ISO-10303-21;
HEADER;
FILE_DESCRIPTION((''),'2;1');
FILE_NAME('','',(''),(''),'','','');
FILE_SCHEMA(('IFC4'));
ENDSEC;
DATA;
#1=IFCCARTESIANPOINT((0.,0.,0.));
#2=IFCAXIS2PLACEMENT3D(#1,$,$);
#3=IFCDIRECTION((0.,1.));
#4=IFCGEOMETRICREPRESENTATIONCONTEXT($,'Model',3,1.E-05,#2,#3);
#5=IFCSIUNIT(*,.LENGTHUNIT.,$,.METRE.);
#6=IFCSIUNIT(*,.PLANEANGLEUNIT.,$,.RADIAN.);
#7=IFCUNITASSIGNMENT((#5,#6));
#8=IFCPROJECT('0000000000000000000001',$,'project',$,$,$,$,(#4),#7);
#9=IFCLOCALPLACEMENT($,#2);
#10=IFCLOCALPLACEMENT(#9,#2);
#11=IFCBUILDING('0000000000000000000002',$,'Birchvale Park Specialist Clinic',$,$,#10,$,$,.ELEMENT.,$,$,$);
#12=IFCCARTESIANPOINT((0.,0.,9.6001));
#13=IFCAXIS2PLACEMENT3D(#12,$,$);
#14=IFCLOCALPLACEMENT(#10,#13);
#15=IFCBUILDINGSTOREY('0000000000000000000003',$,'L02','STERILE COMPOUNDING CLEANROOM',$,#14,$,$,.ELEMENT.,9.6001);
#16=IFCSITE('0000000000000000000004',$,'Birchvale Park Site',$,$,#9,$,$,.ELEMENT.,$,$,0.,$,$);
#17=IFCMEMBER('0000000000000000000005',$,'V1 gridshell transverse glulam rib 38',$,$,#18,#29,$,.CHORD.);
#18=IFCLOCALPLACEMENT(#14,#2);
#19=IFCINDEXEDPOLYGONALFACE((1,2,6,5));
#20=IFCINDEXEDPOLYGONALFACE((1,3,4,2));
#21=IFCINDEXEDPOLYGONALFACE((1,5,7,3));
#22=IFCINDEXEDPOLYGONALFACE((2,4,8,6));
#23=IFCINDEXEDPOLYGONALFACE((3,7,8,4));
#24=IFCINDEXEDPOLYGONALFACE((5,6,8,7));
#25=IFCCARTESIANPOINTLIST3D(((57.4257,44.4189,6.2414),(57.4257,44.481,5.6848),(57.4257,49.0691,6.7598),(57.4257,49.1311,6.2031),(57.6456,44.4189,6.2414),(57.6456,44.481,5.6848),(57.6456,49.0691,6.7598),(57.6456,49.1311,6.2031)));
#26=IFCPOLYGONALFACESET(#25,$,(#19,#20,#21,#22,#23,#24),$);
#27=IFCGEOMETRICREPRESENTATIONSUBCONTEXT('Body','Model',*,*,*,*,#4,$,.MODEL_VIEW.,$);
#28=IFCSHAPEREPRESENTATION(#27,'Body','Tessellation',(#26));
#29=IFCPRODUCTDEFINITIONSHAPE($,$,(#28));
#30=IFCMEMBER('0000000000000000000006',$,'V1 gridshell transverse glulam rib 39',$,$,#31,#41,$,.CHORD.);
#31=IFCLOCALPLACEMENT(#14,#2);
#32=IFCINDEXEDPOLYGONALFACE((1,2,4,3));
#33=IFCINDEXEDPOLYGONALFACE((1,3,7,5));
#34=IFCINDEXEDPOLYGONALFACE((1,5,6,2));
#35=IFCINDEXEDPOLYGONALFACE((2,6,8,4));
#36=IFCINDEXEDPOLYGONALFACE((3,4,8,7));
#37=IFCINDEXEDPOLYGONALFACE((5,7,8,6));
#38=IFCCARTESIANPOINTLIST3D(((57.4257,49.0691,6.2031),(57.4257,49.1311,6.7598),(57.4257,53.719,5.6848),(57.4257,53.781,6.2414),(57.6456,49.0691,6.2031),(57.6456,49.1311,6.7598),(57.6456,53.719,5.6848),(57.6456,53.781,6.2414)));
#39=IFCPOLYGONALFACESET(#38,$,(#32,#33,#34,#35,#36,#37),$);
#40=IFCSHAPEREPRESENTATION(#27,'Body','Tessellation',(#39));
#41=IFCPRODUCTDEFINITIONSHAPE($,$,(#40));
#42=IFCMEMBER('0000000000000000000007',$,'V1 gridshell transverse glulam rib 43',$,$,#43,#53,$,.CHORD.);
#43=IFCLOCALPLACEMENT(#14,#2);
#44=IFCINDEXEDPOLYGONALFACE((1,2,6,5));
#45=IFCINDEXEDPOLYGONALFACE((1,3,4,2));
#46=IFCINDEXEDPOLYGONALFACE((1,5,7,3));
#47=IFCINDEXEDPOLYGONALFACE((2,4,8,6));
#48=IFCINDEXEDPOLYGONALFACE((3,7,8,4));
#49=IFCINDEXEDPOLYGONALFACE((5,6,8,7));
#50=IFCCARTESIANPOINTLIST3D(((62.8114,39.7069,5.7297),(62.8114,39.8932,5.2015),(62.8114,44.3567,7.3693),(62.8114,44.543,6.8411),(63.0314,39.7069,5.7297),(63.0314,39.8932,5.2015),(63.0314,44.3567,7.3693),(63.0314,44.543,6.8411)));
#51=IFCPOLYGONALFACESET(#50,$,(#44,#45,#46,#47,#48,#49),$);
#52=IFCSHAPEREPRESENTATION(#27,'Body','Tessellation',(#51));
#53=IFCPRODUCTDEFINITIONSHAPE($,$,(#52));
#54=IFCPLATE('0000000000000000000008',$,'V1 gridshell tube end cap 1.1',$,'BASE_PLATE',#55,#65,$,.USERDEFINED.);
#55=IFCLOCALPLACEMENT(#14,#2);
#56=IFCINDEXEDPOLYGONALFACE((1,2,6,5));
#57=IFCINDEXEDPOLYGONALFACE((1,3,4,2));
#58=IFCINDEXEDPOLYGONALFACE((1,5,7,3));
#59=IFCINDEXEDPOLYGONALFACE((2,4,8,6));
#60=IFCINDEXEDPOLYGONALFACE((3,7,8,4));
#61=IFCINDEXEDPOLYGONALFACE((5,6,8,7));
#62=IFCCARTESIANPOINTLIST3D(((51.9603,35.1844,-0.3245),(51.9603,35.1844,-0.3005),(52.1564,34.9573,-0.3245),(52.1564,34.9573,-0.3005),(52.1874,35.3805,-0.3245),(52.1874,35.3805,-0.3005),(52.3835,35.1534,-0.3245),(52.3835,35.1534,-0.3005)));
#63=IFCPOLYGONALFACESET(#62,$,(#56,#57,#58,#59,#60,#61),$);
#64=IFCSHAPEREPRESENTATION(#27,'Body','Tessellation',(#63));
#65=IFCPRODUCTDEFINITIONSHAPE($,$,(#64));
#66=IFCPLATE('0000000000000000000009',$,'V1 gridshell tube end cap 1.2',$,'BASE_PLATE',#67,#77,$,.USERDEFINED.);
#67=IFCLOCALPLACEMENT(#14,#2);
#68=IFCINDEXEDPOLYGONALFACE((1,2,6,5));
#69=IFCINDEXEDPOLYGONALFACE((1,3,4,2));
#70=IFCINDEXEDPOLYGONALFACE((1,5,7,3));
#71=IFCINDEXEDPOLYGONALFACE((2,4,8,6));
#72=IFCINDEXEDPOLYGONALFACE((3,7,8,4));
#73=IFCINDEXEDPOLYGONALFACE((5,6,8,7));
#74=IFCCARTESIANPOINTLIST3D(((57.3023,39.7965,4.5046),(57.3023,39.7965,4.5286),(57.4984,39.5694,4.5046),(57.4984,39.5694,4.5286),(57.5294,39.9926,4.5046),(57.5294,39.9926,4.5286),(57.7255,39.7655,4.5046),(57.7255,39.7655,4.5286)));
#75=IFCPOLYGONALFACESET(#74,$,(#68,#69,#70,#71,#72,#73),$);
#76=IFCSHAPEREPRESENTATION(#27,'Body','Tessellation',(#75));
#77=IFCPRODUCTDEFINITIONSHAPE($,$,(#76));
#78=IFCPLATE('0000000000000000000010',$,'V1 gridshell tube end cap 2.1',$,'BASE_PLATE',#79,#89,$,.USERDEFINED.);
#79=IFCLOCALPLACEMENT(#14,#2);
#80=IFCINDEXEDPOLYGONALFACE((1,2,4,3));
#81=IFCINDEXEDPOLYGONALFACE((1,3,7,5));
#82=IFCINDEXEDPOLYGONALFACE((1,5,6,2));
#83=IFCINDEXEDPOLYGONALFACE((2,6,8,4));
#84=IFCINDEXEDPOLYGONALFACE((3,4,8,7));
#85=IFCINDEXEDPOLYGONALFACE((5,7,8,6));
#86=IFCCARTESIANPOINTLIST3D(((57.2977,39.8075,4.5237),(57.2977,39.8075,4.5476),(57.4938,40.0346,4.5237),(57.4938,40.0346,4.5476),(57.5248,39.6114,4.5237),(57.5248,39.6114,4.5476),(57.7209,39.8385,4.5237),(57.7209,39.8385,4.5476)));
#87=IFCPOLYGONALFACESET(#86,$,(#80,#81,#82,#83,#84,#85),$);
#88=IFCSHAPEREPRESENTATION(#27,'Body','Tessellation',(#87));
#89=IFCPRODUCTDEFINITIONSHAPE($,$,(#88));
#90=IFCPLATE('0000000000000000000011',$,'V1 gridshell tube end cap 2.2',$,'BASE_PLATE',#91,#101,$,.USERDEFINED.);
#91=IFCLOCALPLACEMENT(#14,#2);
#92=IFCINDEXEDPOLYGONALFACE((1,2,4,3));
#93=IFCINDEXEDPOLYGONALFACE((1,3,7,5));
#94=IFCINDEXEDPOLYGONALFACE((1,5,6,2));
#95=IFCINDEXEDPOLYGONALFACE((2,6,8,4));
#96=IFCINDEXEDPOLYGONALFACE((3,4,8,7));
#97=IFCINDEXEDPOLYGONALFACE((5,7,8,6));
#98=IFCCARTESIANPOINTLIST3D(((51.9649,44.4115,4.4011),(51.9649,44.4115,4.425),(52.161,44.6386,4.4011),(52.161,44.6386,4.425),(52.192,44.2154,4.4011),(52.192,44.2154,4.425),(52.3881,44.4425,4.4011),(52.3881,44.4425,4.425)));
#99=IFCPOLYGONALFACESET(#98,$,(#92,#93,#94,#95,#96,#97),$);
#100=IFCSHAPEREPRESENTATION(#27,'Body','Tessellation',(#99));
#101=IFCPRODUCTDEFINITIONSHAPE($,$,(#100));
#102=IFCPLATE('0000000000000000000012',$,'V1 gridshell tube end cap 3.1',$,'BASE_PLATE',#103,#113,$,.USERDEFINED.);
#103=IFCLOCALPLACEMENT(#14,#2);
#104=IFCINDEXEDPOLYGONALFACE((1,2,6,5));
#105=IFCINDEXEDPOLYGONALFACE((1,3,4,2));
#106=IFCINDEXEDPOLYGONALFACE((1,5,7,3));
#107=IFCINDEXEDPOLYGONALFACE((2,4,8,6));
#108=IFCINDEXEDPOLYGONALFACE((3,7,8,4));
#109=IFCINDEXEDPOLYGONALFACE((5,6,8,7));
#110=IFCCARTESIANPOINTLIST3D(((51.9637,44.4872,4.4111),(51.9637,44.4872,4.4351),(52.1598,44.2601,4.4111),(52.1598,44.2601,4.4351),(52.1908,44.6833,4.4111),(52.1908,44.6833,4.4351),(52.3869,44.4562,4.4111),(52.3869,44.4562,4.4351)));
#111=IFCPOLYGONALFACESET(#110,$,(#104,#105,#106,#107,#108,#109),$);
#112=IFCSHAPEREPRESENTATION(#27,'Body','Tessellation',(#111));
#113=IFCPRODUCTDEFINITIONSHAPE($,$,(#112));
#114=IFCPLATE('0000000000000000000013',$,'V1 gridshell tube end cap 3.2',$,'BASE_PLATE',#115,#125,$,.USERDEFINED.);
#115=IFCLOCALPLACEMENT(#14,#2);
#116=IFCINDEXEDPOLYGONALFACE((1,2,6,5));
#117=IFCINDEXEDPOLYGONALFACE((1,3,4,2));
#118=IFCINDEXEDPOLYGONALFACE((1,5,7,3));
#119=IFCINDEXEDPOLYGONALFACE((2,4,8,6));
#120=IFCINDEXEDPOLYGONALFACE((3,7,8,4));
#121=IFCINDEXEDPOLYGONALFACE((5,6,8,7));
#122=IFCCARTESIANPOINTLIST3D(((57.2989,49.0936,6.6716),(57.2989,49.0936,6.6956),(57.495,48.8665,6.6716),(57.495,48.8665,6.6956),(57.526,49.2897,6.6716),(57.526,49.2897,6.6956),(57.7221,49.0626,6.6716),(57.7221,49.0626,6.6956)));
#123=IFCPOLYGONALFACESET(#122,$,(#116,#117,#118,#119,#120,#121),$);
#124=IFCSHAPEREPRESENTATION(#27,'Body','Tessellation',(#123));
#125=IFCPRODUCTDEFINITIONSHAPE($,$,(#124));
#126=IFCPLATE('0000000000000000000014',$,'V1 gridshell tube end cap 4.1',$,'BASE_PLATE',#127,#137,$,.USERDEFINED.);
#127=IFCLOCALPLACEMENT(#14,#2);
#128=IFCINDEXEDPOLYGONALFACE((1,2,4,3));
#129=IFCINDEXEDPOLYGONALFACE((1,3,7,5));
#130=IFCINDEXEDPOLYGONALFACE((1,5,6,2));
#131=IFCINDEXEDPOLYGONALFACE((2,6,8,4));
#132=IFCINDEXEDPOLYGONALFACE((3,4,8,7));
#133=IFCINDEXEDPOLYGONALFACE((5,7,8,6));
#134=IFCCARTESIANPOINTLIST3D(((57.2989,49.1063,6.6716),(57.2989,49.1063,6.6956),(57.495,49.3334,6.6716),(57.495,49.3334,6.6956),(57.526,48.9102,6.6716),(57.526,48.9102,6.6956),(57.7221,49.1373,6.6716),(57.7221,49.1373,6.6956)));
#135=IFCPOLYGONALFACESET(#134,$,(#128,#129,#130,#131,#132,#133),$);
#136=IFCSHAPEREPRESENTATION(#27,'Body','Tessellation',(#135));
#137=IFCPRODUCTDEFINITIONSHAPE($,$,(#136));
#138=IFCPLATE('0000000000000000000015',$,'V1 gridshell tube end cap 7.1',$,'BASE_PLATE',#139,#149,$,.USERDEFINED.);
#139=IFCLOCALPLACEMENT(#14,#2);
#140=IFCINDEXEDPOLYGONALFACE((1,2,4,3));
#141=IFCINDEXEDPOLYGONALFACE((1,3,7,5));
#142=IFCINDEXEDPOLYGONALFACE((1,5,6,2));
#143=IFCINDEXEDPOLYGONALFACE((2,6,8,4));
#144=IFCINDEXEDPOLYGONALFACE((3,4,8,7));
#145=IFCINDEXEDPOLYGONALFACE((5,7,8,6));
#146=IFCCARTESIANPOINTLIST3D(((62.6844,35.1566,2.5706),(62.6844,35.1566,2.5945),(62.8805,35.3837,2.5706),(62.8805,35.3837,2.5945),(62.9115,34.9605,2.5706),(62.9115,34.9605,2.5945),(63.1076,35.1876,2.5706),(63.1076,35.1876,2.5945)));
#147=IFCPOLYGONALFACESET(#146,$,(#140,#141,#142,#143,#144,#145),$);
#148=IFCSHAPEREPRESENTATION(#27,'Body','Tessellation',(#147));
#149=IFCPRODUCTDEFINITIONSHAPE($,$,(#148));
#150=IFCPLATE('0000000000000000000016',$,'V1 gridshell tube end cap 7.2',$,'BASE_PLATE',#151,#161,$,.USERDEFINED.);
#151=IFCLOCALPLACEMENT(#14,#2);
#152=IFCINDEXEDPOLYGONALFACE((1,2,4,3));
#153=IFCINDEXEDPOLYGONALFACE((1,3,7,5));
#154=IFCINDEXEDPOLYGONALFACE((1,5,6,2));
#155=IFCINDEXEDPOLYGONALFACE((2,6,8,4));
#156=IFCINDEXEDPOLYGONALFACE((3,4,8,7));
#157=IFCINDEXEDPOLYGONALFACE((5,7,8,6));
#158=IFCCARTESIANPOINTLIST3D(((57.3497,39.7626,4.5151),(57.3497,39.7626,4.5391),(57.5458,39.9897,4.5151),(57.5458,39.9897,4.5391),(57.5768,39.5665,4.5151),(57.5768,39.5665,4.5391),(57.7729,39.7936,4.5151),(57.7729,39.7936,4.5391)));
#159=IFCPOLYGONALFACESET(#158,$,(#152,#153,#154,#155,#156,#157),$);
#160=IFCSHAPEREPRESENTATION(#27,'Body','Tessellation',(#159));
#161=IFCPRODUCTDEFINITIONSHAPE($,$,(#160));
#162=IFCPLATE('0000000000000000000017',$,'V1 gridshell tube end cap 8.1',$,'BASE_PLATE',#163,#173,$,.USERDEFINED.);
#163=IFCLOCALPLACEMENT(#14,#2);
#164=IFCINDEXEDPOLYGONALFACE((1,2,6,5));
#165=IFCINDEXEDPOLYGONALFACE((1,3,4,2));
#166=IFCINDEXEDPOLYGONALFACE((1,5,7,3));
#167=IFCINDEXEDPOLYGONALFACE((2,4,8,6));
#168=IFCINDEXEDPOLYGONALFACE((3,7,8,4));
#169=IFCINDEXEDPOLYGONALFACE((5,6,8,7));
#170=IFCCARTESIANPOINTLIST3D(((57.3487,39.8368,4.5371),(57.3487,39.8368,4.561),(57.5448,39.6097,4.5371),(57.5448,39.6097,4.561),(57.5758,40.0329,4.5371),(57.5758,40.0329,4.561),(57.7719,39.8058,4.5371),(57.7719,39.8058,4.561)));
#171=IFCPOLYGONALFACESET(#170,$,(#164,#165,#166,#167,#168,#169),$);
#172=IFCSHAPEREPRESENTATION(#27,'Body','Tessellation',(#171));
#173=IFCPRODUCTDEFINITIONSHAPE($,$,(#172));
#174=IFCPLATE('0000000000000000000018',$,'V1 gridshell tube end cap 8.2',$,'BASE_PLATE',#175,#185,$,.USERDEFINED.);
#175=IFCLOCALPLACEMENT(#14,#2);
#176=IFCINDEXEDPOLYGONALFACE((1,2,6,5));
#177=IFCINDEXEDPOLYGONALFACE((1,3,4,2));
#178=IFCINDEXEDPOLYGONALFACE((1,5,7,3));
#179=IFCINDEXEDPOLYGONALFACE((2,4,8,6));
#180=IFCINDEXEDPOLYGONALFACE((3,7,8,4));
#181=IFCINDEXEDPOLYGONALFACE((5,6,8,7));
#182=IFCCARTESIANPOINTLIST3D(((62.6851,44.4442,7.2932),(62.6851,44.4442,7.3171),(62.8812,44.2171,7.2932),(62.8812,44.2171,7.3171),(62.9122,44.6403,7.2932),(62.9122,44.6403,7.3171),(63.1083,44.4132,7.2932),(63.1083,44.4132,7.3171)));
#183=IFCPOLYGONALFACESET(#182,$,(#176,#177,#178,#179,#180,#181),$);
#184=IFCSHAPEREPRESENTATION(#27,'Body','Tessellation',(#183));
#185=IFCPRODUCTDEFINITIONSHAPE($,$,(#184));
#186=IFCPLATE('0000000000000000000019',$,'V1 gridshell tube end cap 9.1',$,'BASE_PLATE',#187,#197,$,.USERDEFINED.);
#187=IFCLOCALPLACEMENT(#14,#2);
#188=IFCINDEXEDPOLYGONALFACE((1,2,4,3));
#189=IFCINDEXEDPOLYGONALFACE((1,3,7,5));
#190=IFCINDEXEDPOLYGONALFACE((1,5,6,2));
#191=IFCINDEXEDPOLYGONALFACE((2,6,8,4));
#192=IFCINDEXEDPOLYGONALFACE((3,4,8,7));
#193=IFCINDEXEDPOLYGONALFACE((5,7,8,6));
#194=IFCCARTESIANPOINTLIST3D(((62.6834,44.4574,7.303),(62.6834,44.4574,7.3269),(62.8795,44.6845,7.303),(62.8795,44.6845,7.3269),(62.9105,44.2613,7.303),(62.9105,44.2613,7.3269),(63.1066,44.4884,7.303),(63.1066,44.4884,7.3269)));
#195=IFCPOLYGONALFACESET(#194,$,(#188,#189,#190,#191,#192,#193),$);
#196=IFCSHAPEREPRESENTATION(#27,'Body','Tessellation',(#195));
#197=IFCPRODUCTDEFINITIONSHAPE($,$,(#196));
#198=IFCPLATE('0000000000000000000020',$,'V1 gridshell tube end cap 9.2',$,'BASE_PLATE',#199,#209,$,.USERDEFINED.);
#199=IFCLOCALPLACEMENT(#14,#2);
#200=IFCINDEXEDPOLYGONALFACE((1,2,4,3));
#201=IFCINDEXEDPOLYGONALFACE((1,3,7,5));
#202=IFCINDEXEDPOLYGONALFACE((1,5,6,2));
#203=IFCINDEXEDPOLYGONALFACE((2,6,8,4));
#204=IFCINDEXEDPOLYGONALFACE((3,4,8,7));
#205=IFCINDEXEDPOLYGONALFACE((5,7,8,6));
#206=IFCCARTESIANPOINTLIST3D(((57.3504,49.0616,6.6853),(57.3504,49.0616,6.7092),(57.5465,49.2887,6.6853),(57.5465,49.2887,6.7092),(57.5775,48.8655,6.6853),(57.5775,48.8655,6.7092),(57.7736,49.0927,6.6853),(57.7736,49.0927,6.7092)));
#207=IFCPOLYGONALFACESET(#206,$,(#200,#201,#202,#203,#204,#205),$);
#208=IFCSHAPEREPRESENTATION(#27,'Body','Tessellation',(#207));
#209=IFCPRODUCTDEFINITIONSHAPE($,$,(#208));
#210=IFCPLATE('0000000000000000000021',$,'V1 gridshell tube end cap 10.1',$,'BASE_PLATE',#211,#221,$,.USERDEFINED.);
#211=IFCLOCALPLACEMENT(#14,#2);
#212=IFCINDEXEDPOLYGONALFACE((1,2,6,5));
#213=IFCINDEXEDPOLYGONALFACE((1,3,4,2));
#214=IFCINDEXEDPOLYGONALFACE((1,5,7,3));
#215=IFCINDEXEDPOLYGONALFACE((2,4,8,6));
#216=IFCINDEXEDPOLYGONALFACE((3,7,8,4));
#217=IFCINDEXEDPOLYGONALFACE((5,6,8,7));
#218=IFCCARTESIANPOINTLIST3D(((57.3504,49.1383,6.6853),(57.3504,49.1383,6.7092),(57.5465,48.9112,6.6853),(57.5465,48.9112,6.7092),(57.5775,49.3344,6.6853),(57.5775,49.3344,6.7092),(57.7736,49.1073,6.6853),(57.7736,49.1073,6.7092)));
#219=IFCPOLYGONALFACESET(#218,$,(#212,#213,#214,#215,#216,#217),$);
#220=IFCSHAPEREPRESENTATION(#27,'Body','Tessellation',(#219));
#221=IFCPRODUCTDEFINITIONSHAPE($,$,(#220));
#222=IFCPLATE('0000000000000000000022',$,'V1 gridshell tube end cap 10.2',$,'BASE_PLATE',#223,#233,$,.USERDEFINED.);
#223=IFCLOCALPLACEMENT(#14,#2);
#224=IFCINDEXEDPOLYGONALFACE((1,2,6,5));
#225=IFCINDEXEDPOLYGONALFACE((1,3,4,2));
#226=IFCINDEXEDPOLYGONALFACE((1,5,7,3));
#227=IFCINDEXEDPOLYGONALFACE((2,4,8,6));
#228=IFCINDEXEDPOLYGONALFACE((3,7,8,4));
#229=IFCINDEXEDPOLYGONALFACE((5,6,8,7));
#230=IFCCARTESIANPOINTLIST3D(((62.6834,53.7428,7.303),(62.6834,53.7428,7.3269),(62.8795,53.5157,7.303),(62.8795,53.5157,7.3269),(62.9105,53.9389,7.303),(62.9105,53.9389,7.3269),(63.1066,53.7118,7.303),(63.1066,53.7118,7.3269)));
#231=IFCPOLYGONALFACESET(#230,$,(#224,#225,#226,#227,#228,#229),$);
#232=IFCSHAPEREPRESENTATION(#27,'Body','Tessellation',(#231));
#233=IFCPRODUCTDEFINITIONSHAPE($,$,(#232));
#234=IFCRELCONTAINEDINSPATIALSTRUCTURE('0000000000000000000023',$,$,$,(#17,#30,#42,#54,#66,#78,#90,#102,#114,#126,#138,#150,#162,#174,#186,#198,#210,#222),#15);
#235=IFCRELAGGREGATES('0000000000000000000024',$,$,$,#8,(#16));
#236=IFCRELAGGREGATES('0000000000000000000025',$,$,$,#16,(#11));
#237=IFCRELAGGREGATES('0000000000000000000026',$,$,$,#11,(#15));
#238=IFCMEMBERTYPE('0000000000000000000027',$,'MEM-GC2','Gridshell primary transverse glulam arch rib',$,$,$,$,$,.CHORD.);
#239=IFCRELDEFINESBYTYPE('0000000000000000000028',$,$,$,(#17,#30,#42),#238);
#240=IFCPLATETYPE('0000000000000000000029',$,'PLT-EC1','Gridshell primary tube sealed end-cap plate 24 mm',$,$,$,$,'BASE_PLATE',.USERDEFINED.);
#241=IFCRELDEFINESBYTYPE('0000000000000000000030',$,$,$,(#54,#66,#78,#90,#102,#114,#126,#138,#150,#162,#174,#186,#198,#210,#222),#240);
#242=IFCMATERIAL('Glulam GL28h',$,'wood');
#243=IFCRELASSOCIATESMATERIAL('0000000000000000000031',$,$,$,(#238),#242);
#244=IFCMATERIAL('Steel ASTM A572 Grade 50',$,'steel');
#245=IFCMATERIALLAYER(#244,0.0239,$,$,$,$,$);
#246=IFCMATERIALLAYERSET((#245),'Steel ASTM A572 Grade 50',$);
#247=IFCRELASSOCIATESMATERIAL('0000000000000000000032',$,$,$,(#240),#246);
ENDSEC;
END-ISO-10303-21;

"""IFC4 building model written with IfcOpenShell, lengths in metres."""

from ifc_helpers import new_model, si_unit, direction, frame, origin, origin_2d, place, context, subcontext, project, spatial, rectangle, extrude, material, layer, layer_set, material_profile, profile_set, type_object, element, save


model = new_model("IFC4")

# Units and contexts
model_context = context("Model", 3, precision=1e-05, world=origin(), true_north=direction((0.0, 1.0)))
body_context = subcontext(model_context, "Body", "Model", "MODEL_VIEW")
ifc_project = project(units=[si_unit("LENGTHUNIT", "METRE"), si_unit("PLANEANGLEUNIT", "RADIAN")], contexts=[model_context])

# Site, building, storey
site_placement = place(None, origin())
site = spatial("IfcSite", under=ifc_project, at=site_placement, Name="Birchvale Park Site", CompositionType="ELEMENT", RefElevation=0.0)
building_placement = place(site_placement, origin())
building = spatial("IfcBuilding", under=site, at=building_placement, Name="Birchvale Park Specialist Clinic", CompositionType="ELEMENT")
storey_placement = place(building_placement, frame((0.0, 0.0, 9.6001)))
storey = spatial("IfcBuildingStorey", under=building, at=storey_placement, Name="L02", Description="STERILE COMPOUNDING CLEANROOM", CompositionType="ELEMENT", Elevation=9.6001)

# Members
ifc_material_1 = material(Name="Glulam GL28h", Category="wood")
ifc_material_profile_1 = material_profile(ifc_material_1, rectangle(XDim=0.22, YDim=0.5601, at=origin_2d()), Name="GL-220x560")
ifc_profile_set_1 = profile_set([ifc_material_profile_1], Name="Glulam GL28h")
member_type_1 = type_object("IfcMemberType", Name="MEM-GC2", Description="Gridshell primary transverse glulam arch rib", PredefinedType="CHORD", material=ifc_profile_set_1)
member_1_placement = place(storey_placement, frame((57.5356, 44.45, 5.9631), z_axis=(0.0, 0.993845, 0.110775), x_axis=(-1.0, 0.0, 0.0)))
element("IfcMember", 1, at=member_1_placement, inside=storey, type_object=member_type_1, Name="V1 gridshell transverse glulam rib 38", PredefinedType="CHORD", context=body_context, shape_type="SweptSolid", body=[
    extrude(rectangle(XDim=0.22, YDim=0.5601, at=origin_2d()), origin(), (0.0, 0.0, 1.0), 4.679),
])
member_2_placement = place(storey_placement, frame((57.5356, 49.1001, 6.4814), z_axis=(0.0, 0.993845, -0.110781), x_axis=(-1.0, 0.0, 0.0)))
element("IfcMember", 2, at=member_2_placement, inside=storey, type_object=member_type_1, Name="V1 gridshell transverse glulam rib 39", PredefinedType="CHORD", context=body_context, shape_type="SweptSolid", body=[
    extrude(rectangle(XDim=0.22, YDim=0.5601, at=origin_2d()), origin(), (0.0, 0.0, 1.0), 4.6787),
])
member_3_placement = place(storey_placement, frame((62.9214, 39.8, 5.4656), z_axis=(0.0, 0.943085, 0.332551), x_axis=(-1.0, 0.0, 0.0)))
element("IfcMember", 3, at=member_3_placement, inside=storey, type_object=member_type_1, Name="V1 gridshell transverse glulam rib 43", PredefinedType="CHORD", context=body_context, shape_type="SweptSolid", body=[
    extrude(rectangle(XDim=0.22, YDim=0.5601, at=origin_2d()), origin(), (0.0, 0.0, 1.0), 4.9304),
])

# Plates
ifc_material_2 = material(Name="Steel ASTM A572 Grade 50", Category="steel")
ifc_layer_1 = layer(ifc_material_2, 0.0239)
ifc_layer_set_1 = layer_set([ifc_layer_1], Name="Steel ASTM A572 Grade 50")
plate_type_1 = type_object("IfcPlateType", Name="PLT-EC1", Description="Gridshell primary tube sealed end-cap plate 24 mm", ElementType="BASE_PLATE", PredefinedType="USERDEFINED", material=ifc_layer_set_1)
for number, where, z_axis, x_axis, name in (
    (4, (52.1719, 35.1689, -0.3245), (0.0, 0.0, 1.0), (0.756881, 0.653553, 0.0), "V1 gridshell tube end cap 1.1"),
    (5, (57.5139, 39.781, 4.5046), (0.0, 0.0, 1.0), (0.756881, 0.653553, 0.0), "V1 gridshell tube end cap 1.2"),
    (6, (57.5093, 39.823, 4.5237), (0.0, 0.0, 1.0), (-0.756881, 0.653553, 0.0), "V1 gridshell tube end cap 2.1"),
    (7, (52.1765, 44.427, 4.4011), (0.0, 0.0, 1.0), (-0.756881, 0.653553, 0.0), "V1 gridshell tube end cap 2.2"),
    (8, (52.1753, 44.4717, 4.4111), (0.0, 0.0, 1.0), (0.756881, 0.653553, 0.0), "V1 gridshell tube end cap 3.1"),
    (9, (57.5105, 49.0781, 6.6716), (0.0, 0.0, 1.0), (0.756881, 0.653553, 0.0), "V1 gridshell tube end cap 3.2"),
    (10, (57.5105, 49.1218, 6.6716), (0.0, 0.0, 1.0), (-0.756881, 0.653553, 0.0), "V1 gridshell tube end cap 4.1"),
    (11, (62.896, 35.1721, 2.5706), (0.0, 0.0, 1.0), (-0.756881, 0.653553, 0.0), "V1 gridshell tube end cap 7.1"),
    (12, (57.5613, 39.7781, 4.5151), (0.0, 0.0, 1.0), (-0.756881, 0.653553, 0.0), "V1 gridshell tube end cap 7.2"),
    (13, (57.5603, 39.8213, 4.5371), (0.0, 0.0, 1.0), (0.756881, 0.653553, 0.0), "V1 gridshell tube end cap 8.1"),
    (14, (62.8967, 44.4287, 7.2932), (0.0, 0.0, 1.0), (0.756881, 0.653553, 0.0), "V1 gridshell tube end cap 8.2"),
    (15, (62.895, 44.4729, 7.303), (0.0, 0.0, 1.0), (-0.756881, 0.653553, 0.0), "V1 gridshell tube end cap 9.1"),
    (16, (57.562, 49.0771, 6.6853), (0.0, 0.0, 1.0), (-0.756881, 0.653553, 0.0), "V1 gridshell tube end cap 9.2"),
    (17, (57.562, 49.1228, 6.6853), (0.0, 0.0, 1.0), (0.756881, 0.653553, 0.0), "V1 gridshell tube end cap 10.1"),
    (18, (62.895, 53.7273, 7.303), (0.0, 0.0, 1.0), (0.756881, 0.653553, 0.0), "V1 gridshell tube end cap 10.2"),
):
    element("IfcPlate", number, at=place(storey_placement, frame(where, z_axis=z_axis, x_axis=x_axis)), inside=storey, type_object=plate_type_1, Name=name, ObjectType="BASE_PLATE", PredefinedType="USERDEFINED", context=body_context, shape_type="SweptSolid", body=[
        extrude(rectangle(XDim=0.3, YDim=0.3, at=origin_2d()), origin(), (0.0, 0.0, 1.0), 0.0239),
    ])

save(model, "model.ifc")
